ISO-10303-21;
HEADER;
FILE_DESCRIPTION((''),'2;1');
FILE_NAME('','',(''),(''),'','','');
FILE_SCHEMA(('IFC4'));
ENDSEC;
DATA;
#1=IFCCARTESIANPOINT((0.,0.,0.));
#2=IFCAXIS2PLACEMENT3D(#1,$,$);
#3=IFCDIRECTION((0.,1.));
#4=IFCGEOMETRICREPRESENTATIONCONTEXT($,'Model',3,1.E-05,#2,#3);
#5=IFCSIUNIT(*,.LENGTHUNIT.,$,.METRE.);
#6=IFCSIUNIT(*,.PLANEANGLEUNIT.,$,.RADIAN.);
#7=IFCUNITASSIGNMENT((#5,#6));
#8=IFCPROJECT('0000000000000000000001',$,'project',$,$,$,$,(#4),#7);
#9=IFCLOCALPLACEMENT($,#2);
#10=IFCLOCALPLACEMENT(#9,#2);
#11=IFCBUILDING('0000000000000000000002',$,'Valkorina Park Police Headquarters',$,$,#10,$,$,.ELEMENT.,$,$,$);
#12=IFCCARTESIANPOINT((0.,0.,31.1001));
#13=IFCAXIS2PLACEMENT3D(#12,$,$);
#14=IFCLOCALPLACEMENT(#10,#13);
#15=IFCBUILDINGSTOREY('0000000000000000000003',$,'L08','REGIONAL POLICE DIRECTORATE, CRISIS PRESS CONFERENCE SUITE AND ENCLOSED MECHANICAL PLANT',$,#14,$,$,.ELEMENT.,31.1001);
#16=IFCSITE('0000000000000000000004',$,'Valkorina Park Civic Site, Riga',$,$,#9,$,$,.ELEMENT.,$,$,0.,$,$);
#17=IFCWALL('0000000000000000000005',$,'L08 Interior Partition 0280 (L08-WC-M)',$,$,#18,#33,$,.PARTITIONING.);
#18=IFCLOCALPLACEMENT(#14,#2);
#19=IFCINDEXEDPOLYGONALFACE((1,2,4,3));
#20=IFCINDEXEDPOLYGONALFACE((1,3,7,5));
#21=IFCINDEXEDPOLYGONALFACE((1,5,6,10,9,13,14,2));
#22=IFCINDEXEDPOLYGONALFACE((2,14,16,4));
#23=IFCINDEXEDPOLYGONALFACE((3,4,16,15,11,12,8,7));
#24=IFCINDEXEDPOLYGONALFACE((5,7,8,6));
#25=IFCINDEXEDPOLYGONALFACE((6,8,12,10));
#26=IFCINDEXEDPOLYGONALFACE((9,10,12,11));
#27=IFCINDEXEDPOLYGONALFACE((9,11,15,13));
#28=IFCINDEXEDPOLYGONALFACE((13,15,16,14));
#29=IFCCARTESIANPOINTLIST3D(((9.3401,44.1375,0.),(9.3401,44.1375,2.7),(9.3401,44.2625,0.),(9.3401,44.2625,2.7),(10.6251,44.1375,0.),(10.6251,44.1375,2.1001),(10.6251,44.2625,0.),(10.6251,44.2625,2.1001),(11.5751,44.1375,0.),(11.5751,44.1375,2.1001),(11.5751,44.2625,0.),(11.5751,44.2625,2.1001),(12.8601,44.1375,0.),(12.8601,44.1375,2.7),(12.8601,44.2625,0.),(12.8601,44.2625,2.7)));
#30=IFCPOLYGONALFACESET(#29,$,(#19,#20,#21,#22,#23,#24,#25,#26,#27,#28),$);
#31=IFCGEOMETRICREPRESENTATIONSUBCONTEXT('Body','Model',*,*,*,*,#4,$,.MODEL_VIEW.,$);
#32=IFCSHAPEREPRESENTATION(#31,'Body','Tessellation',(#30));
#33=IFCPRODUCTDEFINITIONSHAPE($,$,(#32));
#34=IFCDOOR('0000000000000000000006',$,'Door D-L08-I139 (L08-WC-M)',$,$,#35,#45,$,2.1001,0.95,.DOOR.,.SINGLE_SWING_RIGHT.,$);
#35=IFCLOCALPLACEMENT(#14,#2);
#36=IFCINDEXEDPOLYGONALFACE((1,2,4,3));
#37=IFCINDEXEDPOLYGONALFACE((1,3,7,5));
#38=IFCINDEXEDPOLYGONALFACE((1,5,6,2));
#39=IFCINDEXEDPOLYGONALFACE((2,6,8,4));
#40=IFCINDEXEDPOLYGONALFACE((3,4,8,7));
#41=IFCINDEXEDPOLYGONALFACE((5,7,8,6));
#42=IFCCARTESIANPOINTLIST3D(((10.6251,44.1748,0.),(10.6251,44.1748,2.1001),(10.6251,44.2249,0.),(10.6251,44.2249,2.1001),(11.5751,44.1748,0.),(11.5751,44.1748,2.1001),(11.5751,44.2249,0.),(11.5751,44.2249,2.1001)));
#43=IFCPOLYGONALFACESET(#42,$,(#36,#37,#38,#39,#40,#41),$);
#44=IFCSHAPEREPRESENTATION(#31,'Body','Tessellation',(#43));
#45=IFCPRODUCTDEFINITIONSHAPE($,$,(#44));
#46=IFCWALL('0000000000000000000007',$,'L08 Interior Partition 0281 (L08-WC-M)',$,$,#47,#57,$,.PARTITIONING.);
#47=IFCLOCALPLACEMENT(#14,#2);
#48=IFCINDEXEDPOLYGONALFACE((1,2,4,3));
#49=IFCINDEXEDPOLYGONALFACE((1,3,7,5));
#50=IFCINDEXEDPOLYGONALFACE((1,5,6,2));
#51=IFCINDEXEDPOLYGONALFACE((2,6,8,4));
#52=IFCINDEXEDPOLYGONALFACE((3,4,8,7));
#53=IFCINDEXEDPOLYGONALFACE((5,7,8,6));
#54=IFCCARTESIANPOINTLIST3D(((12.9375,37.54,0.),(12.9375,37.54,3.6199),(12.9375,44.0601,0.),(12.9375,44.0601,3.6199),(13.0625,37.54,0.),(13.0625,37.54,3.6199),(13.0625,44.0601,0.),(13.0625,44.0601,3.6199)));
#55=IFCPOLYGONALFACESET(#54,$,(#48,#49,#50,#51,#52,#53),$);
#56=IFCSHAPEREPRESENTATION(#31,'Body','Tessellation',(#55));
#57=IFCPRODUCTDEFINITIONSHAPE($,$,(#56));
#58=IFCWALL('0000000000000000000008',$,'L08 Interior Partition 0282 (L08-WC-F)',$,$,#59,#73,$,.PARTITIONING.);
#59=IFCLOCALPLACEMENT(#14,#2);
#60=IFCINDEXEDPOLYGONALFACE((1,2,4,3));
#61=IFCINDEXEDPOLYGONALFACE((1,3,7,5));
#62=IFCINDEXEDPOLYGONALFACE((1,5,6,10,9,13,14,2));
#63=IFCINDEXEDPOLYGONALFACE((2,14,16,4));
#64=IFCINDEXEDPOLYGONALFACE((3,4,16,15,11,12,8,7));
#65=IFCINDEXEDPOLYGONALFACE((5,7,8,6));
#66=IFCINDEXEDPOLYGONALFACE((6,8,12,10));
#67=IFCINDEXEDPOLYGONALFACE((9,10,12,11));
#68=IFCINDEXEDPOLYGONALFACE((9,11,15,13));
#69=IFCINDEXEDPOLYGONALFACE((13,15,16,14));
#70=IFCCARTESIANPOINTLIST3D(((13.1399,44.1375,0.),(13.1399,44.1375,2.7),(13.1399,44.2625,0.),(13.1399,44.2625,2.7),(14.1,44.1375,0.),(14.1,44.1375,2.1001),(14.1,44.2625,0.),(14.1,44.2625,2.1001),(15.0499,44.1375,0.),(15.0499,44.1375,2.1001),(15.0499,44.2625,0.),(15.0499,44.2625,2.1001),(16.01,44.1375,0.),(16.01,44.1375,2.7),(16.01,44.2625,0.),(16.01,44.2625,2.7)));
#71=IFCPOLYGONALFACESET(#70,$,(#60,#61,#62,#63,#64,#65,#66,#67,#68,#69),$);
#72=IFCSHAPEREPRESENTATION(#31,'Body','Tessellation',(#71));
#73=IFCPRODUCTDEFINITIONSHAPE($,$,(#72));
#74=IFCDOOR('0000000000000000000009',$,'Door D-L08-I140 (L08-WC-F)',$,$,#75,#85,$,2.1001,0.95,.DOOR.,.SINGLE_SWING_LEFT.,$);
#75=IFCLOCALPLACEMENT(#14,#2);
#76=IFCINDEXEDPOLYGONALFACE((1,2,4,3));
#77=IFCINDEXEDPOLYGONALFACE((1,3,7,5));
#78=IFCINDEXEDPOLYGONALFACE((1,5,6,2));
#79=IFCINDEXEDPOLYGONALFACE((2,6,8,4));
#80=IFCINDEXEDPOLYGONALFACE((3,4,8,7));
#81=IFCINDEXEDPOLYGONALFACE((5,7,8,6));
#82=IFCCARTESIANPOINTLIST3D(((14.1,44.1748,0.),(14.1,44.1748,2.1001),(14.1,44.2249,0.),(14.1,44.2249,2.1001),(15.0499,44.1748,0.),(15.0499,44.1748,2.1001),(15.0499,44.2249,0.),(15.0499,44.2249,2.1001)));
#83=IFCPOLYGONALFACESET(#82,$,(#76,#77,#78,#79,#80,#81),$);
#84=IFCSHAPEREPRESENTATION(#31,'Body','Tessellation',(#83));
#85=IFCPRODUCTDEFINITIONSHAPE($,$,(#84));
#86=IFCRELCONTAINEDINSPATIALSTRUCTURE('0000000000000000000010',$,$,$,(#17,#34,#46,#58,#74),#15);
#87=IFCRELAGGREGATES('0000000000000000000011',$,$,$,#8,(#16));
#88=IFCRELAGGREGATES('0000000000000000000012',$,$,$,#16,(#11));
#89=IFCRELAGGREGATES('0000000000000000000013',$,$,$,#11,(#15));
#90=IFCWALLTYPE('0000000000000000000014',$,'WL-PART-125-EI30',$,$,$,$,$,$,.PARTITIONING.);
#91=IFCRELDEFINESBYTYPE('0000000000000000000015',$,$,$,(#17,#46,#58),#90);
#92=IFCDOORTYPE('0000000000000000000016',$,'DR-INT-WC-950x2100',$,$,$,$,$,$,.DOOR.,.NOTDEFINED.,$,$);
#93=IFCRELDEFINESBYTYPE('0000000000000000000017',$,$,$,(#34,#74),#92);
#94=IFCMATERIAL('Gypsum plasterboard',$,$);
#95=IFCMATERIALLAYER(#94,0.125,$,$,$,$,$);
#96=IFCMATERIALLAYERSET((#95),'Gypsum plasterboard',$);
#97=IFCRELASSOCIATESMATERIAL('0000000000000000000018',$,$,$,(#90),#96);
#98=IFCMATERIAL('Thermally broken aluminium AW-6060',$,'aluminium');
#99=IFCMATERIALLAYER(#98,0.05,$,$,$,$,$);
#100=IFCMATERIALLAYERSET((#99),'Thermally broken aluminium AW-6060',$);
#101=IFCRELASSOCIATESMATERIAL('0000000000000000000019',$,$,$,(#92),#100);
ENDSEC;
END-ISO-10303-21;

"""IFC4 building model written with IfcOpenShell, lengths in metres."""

from ifc_helpers import new_model, si_unit, direction, frame, frame_2d, origin, place, context, subcontext, project, spatial, rectangle, extrude, material, layer, layer_set, type_object, element, fill, save


model = new_model("IFC4")

# Units and contexts
model_context = context("Model", 3, precision=1e-05, world=origin(), true_north=direction((0.0, 1.0)))
body_context = subcontext(model_context, "Body", "Model", "MODEL_VIEW")
ifc_project = project(units=[si_unit("LENGTHUNIT", "METRE"), si_unit("PLANEANGLEUNIT", "RADIAN")], contexts=[model_context])

# Site, building, storey
site_placement = place(None, origin())
site = spatial("IfcSite", under=ifc_project, at=site_placement, Name="Valkorina Park Civic Site, Riga", CompositionType="ELEMENT", RefElevation=0.0)
building_placement = place(site_placement, origin())
building = spatial("IfcBuilding", under=site, at=building_placement, Name="Valkorina Park Police Headquarters", CompositionType="ELEMENT")
storey_placement = place(building_placement, frame((0.0, 0.0, 31.1001)))
storey = spatial("IfcBuildingStorey", under=building, at=storey_placement, Name="L08", Description="REGIONAL POLICE DIRECTORATE, CRISIS PRESS CONFERENCE SUITE AND ENCLOSED MECHANICAL PLANT", CompositionType="ELEMENT", Elevation=31.1001)

# Shared definitions
ifc_material_1 = material(Name="Thermally broken aluminium AW-6060", Category="aluminium")

# Wall, opening, door
ifc_material_2 = material(Name="Gypsum plasterboard")
ifc_layer_1 = layer(ifc_material_2, 0.125)
ifc_layer_set_1 = layer_set([ifc_layer_1], Name="Gypsum plasterboard")
wall_type_1 = type_object("IfcWallType", Name="WL-PART-125-EI30", PredefinedType="PARTITIONING", material=ifc_layer_set_1)
wall_1_placement = place(storey_placement, frame((9.3401, 44.2, 0.0), z_axis=(0.0, 0.0, 1.0), x_axis=(1.0, 0.0, 0.0)))
wall_1 = element("IfcWall", 1, at=wall_1_placement, inside=storey, type_object=wall_type_1, Name="L08 Interior Partition 0280 (L08-WC-M)", PredefinedType="PARTITIONING", context=body_context, shape_type="SweptSolid", body=[
    extrude(rectangle(XDim=3.52, YDim=0.125, at=frame_2d((1.76, 0.0))), origin(), (0.0, 0.0, 1.0), 2.7),
])
opening_1_placement = place(wall_1_placement, frame((1.2849, 0.0, 0.0)))
opening_1 = element("IfcOpeningElement", 2, at=opening_1_placement, cuts=wall_1, PredefinedType="OPENING", context=body_context, shape_type="SweptSolid", body=[
    extrude(rectangle(XDim=0.95, YDim=2.1001, at=frame_2d((0.4751, 1.05))), frame((0.0, 0.0725, 0.0), z_axis=(0.0, -1.0, 0.0), x_axis=(1.0, 0.0, 0.0)), (0.0, 0.0, 1.0), 0.145),
])
ifc_layer_2 = layer(ifc_material_1, 0.05)
ifc_layer_set_2 = layer_set([ifc_layer_2], Name="Thermally broken aluminium AW-6060")
door_type_1 = type_object("IfcDoorType", Name="DR-INT-WC-950x2100", OperationType="NOTDEFINED", PredefinedType="DOOR", material=ifc_layer_set_2)
door_1_placement = place(opening_1_placement, origin())
door_1 = element("IfcDoor", 3, at=door_1_placement, inside=storey, type_object=door_type_1, Name="Door D-L08-I139 (L08-WC-M)", OperationType="SINGLE_SWING_RIGHT", OverallHeight=2.1001, OverallWidth=0.95, PredefinedType="DOOR", context=body_context, shape_type="SweptSolid", body=[
    extrude(rectangle(XDim=0.95, YDim=2.1001, at=frame_2d((0.4751, 1.05))), frame((0.0, 0.0249, 0.0), z_axis=(0.0, -1.0, 0.0), x_axis=(1.0, 0.0, 0.0)), (0.0, 0.0, 1.0), 0.05),
])
fill(opening_1, door_1)

# Wall
wall_2_placement = place(storey_placement, frame((13.0, 37.54, 0.0), z_axis=(0.0, 0.0, 1.0), x_axis=(0.0, 1.0, 0.0)))
element("IfcWall", 4, at=wall_2_placement, inside=storey, type_object=wall_type_1, Name="L08 Interior Partition 0281 (L08-WC-M)", PredefinedType="PARTITIONING", context=body_context, shape_type="SweptSolid", body=[
    extrude(rectangle(XDim=6.52, YDim=0.125, at=frame_2d((3.26, 0.0))), origin(), (0.0, 0.0, 1.0), 3.6199),
])

# Wall, opening, door
wall_3_placement = place(storey_placement, frame((13.1399, 44.2, 0.0), z_axis=(0.0, 0.0, 1.0), x_axis=(1.0, 0.0, 0.0)))
wall_3 = element("IfcWall", 5, at=wall_3_placement, inside=storey, type_object=wall_type_1, Name="L08 Interior Partition 0282 (L08-WC-F)", PredefinedType="PARTITIONING", context=body_context, shape_type="SweptSolid", body=[
    extrude(rectangle(XDim=2.8701, YDim=0.125, at=frame_2d((1.4351, 0.0))), origin(), (0.0, 0.0, 1.0), 2.7),
])
opening_2_placement = place(wall_3_placement, frame((0.96, 0.0, 0.0)))
opening_2 = element("IfcOpeningElement", 6, at=opening_2_placement, cuts=wall_3, PredefinedType="OPENING", context=body_context, shape_type="SweptSolid", body=[
    extrude(rectangle(XDim=0.95, YDim=2.1001, at=frame_2d((0.4751, 1.05))), frame((0.0, 0.0725, 0.0), z_axis=(0.0, -1.0, 0.0), x_axis=(1.0, 0.0, 0.0)), (0.0, 0.0, 1.0), 0.145),
])
door_2_placement = place(opening_2_placement, origin())
door_2 = element("IfcDoor", 7, at=door_2_placement, inside=storey, type_object=door_type_1, Name="Door D-L08-I140 (L08-WC-F)", OperationType="SINGLE_SWING_LEFT", OverallHeight=2.1001, OverallWidth=0.95, PredefinedType="DOOR", context=body_context, shape_type="SweptSolid", body=[
    extrude(rectangle(XDim=0.95, YDim=2.1001, at=frame_2d((0.4751, 1.05))), frame((0.0, 0.0249, 0.0), z_axis=(0.0, -1.0, 0.0), x_axis=(1.0, 0.0, 0.0)), (0.0, 0.0, 1.0), 0.05),
])
fill(opening_2, door_2)

save(model, "model.ifc")
